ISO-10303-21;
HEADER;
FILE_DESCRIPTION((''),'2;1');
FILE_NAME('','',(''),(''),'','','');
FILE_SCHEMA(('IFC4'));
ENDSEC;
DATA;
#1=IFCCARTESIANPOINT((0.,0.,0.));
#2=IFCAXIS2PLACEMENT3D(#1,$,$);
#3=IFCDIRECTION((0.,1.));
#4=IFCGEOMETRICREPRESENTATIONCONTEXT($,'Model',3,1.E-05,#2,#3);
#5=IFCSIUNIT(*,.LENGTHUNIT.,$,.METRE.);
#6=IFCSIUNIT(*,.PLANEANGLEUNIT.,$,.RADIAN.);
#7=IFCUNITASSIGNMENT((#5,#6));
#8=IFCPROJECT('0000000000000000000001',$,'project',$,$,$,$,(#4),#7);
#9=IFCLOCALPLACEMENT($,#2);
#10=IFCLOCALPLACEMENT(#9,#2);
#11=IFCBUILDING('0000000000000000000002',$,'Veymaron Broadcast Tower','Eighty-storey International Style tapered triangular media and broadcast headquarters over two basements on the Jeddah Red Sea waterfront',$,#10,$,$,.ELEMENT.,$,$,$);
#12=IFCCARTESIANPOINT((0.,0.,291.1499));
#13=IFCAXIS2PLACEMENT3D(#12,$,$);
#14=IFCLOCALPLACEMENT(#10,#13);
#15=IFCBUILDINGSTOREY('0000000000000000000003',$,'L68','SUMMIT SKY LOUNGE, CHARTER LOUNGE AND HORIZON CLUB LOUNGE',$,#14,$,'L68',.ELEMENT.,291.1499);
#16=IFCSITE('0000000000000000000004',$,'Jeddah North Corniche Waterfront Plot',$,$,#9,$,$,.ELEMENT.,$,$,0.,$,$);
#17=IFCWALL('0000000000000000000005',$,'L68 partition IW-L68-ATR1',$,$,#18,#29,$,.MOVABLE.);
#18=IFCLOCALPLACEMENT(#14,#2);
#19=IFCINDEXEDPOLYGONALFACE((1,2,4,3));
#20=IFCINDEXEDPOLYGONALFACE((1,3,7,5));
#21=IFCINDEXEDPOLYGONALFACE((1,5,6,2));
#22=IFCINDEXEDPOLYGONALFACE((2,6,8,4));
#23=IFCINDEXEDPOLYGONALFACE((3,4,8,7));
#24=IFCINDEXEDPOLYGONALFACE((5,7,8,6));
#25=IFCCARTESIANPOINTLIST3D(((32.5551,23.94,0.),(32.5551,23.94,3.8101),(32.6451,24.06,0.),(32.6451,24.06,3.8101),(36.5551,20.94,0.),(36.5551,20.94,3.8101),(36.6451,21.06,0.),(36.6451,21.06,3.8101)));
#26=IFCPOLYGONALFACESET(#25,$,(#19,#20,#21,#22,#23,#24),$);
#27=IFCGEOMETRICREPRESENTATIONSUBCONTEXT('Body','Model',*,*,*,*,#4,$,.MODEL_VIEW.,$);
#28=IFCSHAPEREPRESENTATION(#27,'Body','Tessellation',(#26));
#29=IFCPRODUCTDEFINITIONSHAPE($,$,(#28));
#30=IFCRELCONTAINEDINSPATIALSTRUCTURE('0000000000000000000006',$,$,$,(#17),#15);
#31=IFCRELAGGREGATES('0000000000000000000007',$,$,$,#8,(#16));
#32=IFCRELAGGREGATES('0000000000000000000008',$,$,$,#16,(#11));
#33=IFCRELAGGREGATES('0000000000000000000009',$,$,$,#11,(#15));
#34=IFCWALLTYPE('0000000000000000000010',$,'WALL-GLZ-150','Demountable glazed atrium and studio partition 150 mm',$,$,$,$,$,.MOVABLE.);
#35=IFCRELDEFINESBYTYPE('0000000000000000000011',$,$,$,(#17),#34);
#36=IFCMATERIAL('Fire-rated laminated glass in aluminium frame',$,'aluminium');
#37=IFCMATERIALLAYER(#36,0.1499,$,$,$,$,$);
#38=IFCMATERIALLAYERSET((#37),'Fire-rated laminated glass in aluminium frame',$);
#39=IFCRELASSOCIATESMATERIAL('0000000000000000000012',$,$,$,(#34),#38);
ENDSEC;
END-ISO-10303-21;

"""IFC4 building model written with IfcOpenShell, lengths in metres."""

from ifc_helpers import new_model, si_unit, direction, frame, frame_2d, origin, place, context, subcontext, project, spatial, rectangle, extrude, material, layer, layer_set, type_object, element, save


model = new_model("IFC4")

# Units and contexts
model_context = context("Model", 3, precision=1e-05, world=origin(), true_north=direction((0.0, 1.0)))
body_context = subcontext(model_context, "Body", "Model", "MODEL_VIEW")
ifc_project = project(units=[si_unit("LENGTHUNIT", "METRE"), si_unit("PLANEANGLEUNIT", "RADIAN")], contexts=[model_context])

# Site, building, storey
site_placement = place(None, origin())
site = spatial("IfcSite", under=ifc_project, at=site_placement, Name="Jeddah North Corniche Waterfront Plot", CompositionType="ELEMENT", RefElevation=0.0)
building_placement = place(site_placement, origin())
building = spatial("IfcBuilding", under=site, at=building_placement, Name="Veymaron Broadcast Tower", Description="Eighty-storey International Style tapered triangular media and broadcast headquarters over two basements on the Jeddah Red Sea waterfront", CompositionType="ELEMENT")
storey_placement = place(building_placement, frame((0.0, 0.0, 291.1499)))
storey = spatial("IfcBuildingStorey", under=building, at=storey_placement, Name="L68", Description="SUMMIT SKY LOUNGE, CHARTER LOUNGE AND HORIZON CLUB LOUNGE", LongName="L68", CompositionType="ELEMENT", Elevation=291.1499)

# Wall
ifc_material_1 = material(Name="Fire-rated laminated glass in aluminium frame", Category="aluminium")
ifc_layer_1 = layer(ifc_material_1, 0.1499)
ifc_layer_set_1 = layer_set([ifc_layer_1], Name="Fire-rated laminated glass in aluminium frame")
wall_type_1 = type_object("IfcWallType", Name="WALL-GLZ-150", Description="Demountable glazed atrium and studio partition 150 mm", PredefinedType="MOVABLE", material=ifc_layer_set_1)
wall_1_placement = place(storey_placement, frame((32.6001, 24.0, 0.0), z_axis=(0.0, 0.0, 1.0), x_axis=(0.8, -0.6, 0.0)))
element("IfcWall", 1, at=wall_1_placement, inside=storey, type_object=wall_type_1, Name="L68 partition IW-L68-ATR1", PredefinedType="MOVABLE", context=body_context, shape_type="SweptSolid", body=[
    extrude(rectangle(XDim=5.0, YDim=0.1499, at=frame_2d((2.5, 0.0))), origin(), (0.0, 0.0, 1.0), 3.8101),
])

save(model, "model.ifc")
